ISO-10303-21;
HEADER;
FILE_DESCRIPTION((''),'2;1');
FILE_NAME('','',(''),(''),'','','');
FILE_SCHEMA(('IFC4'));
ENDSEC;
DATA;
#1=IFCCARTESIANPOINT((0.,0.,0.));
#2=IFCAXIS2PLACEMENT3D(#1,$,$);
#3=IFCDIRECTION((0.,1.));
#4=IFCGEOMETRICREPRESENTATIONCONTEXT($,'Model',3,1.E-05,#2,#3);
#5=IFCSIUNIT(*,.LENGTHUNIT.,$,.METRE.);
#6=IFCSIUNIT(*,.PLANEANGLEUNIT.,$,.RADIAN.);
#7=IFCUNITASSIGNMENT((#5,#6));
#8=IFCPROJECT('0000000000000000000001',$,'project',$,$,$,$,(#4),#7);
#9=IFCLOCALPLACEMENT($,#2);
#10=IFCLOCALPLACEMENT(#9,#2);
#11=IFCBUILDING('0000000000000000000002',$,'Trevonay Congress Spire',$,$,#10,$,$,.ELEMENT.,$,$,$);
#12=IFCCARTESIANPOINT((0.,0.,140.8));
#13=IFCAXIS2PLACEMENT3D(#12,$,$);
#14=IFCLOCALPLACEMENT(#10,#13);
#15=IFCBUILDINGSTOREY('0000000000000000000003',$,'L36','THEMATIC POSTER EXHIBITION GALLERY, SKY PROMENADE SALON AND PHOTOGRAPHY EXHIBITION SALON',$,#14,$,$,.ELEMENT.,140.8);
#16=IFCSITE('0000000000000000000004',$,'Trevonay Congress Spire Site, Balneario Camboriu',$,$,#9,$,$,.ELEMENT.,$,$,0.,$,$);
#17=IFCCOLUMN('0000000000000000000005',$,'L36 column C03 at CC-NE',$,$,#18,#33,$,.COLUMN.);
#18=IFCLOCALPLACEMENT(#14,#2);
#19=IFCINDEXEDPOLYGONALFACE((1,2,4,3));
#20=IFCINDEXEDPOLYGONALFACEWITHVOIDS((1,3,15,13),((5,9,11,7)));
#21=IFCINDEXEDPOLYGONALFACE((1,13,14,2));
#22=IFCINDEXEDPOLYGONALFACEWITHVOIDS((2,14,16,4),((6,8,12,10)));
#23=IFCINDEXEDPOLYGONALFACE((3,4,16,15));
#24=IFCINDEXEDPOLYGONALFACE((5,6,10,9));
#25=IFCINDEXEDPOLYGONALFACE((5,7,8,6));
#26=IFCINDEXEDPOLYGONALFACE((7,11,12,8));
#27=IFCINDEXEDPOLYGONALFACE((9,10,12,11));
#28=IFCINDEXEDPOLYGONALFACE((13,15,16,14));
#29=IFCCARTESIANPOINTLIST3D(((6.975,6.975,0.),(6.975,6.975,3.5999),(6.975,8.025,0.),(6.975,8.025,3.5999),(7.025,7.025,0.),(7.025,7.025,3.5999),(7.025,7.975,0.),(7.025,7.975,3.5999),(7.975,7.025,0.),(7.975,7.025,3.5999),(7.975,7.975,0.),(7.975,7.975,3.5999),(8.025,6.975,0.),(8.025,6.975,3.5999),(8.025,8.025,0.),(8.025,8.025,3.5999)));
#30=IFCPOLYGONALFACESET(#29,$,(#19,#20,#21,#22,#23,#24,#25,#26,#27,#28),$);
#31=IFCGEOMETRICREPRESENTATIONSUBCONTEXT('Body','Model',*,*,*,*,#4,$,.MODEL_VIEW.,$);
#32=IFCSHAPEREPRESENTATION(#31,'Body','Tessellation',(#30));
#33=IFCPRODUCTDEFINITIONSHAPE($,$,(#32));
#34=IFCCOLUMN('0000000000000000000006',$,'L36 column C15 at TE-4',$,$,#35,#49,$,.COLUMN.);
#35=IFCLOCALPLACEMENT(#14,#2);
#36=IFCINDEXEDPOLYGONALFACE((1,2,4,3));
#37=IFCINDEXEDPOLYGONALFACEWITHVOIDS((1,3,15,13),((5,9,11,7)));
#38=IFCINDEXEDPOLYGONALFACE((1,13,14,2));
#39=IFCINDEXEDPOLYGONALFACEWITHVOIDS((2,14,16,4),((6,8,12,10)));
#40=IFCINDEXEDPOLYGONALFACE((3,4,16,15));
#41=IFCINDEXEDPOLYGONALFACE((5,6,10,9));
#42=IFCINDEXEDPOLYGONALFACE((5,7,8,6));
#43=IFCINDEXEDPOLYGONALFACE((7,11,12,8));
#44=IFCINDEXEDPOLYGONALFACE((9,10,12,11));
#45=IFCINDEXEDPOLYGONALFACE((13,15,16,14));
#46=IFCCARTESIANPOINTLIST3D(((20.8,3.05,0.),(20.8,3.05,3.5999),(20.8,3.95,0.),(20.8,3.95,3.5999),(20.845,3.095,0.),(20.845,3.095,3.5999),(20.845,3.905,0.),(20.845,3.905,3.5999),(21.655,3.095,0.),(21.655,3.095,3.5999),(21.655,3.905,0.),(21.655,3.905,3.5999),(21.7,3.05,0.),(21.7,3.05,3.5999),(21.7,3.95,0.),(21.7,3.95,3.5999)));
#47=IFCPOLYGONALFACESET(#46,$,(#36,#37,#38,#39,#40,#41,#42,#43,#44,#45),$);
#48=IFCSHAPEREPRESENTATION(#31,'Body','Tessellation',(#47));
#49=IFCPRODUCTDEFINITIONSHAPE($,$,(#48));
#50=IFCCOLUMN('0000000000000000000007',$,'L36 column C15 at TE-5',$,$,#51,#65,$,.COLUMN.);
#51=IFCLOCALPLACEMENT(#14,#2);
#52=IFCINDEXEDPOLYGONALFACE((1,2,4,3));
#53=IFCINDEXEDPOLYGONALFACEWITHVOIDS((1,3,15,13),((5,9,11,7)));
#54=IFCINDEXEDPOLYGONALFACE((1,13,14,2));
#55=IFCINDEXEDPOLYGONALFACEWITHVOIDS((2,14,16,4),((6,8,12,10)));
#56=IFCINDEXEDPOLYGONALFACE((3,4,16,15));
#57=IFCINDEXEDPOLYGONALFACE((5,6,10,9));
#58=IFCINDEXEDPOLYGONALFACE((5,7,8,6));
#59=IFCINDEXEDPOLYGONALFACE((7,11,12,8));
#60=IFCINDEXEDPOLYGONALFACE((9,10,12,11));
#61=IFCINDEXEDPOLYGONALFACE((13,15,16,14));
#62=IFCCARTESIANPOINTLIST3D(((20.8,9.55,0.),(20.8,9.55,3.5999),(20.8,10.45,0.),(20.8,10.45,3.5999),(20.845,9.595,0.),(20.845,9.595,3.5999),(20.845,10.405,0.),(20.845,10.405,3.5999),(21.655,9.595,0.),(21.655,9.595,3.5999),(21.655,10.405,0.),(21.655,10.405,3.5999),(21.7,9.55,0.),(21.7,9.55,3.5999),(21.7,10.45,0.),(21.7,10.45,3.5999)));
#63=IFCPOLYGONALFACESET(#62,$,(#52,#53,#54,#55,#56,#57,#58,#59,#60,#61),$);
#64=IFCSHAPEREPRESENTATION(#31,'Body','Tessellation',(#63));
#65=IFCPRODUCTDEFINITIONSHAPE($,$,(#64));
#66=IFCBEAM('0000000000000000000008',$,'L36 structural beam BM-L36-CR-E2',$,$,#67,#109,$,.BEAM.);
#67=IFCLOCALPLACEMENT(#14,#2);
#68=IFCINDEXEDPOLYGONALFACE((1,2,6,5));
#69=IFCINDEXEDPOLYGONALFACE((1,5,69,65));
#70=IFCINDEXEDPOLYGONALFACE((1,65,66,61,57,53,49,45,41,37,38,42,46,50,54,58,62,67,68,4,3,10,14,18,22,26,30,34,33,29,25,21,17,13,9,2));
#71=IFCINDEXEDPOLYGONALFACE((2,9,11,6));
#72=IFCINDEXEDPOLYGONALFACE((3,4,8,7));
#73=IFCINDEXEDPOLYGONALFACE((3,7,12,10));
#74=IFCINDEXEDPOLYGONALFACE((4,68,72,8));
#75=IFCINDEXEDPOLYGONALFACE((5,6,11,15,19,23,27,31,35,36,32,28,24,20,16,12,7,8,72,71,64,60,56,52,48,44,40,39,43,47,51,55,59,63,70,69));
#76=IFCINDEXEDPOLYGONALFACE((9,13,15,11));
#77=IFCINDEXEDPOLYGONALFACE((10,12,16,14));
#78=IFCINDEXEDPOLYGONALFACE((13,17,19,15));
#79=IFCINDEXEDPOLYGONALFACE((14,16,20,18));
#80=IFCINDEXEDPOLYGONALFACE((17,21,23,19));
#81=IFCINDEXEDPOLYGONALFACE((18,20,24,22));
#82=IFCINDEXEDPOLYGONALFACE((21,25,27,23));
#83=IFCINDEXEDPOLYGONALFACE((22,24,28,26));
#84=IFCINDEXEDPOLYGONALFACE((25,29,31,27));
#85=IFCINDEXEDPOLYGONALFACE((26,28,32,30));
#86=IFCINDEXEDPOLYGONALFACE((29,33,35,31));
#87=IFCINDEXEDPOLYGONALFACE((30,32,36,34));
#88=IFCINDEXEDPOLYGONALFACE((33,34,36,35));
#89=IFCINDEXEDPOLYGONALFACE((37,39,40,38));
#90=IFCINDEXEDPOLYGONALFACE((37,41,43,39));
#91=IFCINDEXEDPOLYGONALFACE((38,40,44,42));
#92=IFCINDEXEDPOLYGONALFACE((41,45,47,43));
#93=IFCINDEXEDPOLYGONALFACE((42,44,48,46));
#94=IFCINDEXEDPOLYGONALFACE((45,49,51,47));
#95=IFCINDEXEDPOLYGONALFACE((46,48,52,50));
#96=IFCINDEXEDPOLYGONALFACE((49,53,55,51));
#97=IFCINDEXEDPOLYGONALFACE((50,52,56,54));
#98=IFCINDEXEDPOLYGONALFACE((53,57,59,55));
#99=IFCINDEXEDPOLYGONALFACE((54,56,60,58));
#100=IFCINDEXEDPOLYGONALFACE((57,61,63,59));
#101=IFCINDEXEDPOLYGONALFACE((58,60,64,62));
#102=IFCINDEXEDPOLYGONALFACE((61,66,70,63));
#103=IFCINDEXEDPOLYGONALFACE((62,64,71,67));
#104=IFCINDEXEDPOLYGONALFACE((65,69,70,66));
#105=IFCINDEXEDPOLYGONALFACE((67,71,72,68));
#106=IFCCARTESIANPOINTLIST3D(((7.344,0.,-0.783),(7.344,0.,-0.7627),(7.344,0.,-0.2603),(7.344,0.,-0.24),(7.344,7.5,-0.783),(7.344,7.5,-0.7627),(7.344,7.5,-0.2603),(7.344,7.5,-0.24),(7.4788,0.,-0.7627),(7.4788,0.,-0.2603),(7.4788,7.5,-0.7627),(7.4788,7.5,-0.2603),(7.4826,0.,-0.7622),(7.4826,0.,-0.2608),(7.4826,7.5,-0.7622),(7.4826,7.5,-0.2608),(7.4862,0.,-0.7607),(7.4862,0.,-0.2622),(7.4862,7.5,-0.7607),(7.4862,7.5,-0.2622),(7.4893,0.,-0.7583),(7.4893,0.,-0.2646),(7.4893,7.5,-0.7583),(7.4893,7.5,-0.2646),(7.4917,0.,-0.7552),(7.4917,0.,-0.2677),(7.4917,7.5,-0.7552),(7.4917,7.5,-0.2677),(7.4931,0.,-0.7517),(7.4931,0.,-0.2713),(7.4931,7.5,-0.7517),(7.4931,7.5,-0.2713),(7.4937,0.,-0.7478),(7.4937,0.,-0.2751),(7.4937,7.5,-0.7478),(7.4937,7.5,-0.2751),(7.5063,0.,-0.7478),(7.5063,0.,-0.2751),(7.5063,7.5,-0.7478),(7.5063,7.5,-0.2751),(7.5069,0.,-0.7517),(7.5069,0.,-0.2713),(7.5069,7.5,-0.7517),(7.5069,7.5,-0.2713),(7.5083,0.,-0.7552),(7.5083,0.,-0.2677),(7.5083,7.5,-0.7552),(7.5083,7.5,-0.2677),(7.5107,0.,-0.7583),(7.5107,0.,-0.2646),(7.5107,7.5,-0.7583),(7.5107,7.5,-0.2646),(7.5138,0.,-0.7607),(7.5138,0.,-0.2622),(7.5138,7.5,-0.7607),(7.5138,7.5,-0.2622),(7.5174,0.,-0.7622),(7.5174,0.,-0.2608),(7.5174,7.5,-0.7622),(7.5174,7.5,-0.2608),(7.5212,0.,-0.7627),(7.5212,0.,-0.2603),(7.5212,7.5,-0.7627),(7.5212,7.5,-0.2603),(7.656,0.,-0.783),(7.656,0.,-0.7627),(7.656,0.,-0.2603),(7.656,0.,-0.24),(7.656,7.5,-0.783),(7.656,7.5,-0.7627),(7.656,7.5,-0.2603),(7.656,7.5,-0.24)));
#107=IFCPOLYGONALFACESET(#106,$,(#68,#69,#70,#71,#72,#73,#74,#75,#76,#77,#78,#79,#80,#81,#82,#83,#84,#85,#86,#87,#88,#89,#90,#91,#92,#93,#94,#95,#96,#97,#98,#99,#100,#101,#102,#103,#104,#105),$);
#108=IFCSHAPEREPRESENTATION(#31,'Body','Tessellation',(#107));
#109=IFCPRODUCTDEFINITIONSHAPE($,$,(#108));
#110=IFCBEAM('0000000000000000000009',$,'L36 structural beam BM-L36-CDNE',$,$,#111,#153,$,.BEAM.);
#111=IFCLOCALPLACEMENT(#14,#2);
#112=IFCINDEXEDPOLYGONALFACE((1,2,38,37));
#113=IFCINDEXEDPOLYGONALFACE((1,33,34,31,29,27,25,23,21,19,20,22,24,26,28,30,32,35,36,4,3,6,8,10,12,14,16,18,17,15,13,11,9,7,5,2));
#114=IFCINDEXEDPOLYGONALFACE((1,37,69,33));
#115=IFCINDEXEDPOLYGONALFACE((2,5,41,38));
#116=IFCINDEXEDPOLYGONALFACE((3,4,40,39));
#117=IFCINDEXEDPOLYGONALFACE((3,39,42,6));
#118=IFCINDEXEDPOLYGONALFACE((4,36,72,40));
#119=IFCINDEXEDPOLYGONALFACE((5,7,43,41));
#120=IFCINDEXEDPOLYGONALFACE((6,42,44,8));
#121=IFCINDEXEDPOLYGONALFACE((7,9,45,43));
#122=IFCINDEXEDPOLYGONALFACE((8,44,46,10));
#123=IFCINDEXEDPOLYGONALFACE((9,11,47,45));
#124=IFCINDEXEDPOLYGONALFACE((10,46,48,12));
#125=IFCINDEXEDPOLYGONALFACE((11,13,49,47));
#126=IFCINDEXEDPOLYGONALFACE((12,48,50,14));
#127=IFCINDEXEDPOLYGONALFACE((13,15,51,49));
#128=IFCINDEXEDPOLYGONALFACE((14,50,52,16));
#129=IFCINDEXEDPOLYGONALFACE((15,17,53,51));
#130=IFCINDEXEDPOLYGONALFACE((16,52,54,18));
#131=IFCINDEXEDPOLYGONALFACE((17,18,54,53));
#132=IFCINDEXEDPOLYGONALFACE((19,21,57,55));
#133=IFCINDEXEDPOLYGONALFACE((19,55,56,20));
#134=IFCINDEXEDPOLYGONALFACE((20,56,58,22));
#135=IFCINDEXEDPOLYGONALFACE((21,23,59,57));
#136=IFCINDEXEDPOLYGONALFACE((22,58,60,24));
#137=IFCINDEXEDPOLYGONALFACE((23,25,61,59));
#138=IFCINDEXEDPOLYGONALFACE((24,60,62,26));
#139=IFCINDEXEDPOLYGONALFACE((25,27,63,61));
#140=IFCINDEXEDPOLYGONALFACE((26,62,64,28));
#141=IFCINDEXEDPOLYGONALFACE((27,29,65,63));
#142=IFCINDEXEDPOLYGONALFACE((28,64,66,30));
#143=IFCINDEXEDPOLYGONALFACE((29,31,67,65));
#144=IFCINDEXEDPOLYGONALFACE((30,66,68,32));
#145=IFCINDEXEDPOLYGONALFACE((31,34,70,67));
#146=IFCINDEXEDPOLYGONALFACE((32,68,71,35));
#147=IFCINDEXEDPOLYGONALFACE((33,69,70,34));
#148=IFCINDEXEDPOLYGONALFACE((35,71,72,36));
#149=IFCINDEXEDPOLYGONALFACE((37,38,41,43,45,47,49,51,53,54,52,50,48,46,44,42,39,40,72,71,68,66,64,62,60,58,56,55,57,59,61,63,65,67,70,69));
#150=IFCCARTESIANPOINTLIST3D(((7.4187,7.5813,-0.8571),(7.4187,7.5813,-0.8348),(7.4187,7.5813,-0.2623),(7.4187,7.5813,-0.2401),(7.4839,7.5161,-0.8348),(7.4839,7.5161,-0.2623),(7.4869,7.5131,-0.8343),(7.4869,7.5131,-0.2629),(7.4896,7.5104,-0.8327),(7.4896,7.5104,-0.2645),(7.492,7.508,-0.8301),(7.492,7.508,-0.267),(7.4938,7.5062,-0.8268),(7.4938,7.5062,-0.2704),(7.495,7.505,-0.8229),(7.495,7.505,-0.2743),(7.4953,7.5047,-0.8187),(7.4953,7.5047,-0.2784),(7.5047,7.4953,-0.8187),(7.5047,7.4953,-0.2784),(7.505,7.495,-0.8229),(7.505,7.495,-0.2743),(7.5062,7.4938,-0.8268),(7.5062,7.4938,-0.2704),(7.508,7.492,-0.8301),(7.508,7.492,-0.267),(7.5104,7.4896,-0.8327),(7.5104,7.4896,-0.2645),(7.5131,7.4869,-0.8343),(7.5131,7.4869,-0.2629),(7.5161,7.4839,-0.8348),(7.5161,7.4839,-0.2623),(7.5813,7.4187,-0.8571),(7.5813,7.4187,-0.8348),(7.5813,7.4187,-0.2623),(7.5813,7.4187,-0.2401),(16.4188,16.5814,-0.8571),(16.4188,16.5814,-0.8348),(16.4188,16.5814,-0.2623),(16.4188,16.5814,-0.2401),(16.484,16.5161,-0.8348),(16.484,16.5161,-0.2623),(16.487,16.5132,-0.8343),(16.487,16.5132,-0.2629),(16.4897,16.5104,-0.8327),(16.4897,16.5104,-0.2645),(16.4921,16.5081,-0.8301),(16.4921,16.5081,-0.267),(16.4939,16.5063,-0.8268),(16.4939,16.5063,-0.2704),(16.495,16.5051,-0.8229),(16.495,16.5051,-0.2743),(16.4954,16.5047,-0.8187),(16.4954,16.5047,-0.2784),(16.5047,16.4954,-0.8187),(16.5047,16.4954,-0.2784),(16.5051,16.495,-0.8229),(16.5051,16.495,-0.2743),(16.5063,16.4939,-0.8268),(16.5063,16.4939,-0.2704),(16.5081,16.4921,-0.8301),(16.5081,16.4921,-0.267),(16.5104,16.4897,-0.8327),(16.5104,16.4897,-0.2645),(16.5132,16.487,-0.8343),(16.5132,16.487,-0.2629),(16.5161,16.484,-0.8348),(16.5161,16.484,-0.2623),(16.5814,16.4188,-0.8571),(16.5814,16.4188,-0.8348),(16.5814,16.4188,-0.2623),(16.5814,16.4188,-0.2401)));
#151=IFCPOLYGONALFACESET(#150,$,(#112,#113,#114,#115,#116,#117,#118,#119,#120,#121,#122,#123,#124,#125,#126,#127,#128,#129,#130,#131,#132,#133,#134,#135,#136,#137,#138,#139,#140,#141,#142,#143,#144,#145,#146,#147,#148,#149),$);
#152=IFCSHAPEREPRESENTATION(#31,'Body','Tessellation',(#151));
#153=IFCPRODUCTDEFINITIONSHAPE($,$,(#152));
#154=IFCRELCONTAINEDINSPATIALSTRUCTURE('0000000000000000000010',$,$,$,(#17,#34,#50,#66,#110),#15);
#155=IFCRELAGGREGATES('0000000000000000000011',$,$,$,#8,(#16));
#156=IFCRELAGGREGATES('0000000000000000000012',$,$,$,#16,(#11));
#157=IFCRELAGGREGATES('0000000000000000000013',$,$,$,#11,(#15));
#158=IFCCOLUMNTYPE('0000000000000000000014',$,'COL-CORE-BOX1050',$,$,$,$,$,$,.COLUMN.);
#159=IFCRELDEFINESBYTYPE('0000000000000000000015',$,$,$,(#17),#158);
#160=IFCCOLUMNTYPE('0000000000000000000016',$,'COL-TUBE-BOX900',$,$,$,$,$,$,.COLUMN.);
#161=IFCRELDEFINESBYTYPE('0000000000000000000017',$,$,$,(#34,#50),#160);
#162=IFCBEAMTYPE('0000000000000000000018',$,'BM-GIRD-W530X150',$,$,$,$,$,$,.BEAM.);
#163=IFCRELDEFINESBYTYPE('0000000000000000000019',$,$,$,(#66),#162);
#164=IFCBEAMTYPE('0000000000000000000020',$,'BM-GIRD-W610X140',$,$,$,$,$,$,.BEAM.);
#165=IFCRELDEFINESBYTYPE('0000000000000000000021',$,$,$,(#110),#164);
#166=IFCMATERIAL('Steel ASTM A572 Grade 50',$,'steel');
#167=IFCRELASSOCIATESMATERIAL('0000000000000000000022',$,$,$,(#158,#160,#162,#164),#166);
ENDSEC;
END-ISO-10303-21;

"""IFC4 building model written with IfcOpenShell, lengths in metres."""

from ifc_helpers import new_model, si_unit, direction, frame, origin, origin_2d, place, context, subcontext, project, spatial, hollow_rectangle, i_section, extrude, material, material_profile, profile_set, type_object, element, save


model = new_model("IFC4")

# Units and contexts
model_context = context("Model", 3, precision=1e-05, world=origin(), true_north=direction((0.0, 1.0)))
body_context = subcontext(model_context, "Body", "Model", "MODEL_VIEW")
ifc_project = project(units=[si_unit("LENGTHUNIT", "METRE"), si_unit("PLANEANGLEUNIT", "RADIAN")], contexts=[model_context])

# Site, building, storey
site_placement = place(None, origin())
site = spatial("IfcSite", under=ifc_project, at=site_placement, Name="Trevonay Congress Spire Site, Balneario Camboriu", CompositionType="ELEMENT", RefElevation=0.0)
building_placement = place(site_placement, origin())
building = spatial("IfcBuilding", under=site, at=building_placement, Name="Trevonay Congress Spire", CompositionType="ELEMENT")
storey_placement = place(building_placement, frame((0.0, 0.0, 140.8)))
storey = spatial("IfcBuildingStorey", under=building, at=storey_placement, Name="L36", Description="THEMATIC POSTER EXHIBITION GALLERY, SKY PROMENADE SALON AND PHOTOGRAPHY EXHIBITION SALON", CompositionType="ELEMENT", Elevation=140.8)

# Columns
ifc_material_1 = material(Name="Steel ASTM A572 Grade 50", Category="steel")
ifc_material_profile_1 = material_profile(ifc_material_1, hollow_rectangle(XDim=1.05, YDim=1.05, WallThickness=0.05, at=origin_2d()), Name="BOX 1050x1050x50")
ifc_profile_set_1 = profile_set([ifc_material_profile_1], Name="Steel ASTM A572 Grade 50")
column_type_1 = type_object("IfcColumnType", Name="COL-CORE-BOX1050", PredefinedType="COLUMN", material=ifc_profile_set_1)
column_placement = place(storey_placement, frame((7.5, 7.5, 0.0), z_axis=(0.0, 0.0, 1.0), x_axis=(1.0, 0.0, 0.0)))
element("IfcColumn", 1, at=column_placement, inside=storey, type_object=column_type_1, Name="L36 column C03 at CC-NE", PredefinedType="COLUMN", context=body_context, shape_type="SweptSolid", body=[
    extrude(hollow_rectangle(XDim=1.05, YDim=1.05, WallThickness=0.05, at=origin_2d()), origin(), (0.0, 0.0, 1.0), 3.5999),
])
ifc_material_profile_2 = material_profile(ifc_material_1, hollow_rectangle(XDim=0.8999, YDim=0.8999, WallThickness=0.0449, at=origin_2d()), Name="BOX 900x900x45")
ifc_profile_set_2 = profile_set([ifc_material_profile_2], Name="Steel ASTM A572 Grade 50")
column_type_2 = type_object("IfcColumnType", Name="COL-TUBE-BOX900", PredefinedType="COLUMN", material=ifc_profile_set_2)
for number, where, z_axis, x_axis, name in (
    (2, (21.25, 3.5, 0.0), (0.0, 0.0, 1.0), (1.0, 0.0, 0.0), "L36 column C15 at TE-4"),
    (3, (21.25, 10.0, 0.0), (0.0, 0.0, 1.0), (1.0, 0.0, 0.0), "L36 column C15 at TE-5"),
):
    element("IfcColumn", number, at=place(storey_placement, frame(where, z_axis=z_axis, x_axis=x_axis)), inside=storey, type_object=column_type_2, Name=name, PredefinedType="COLUMN", context=body_context, shape_type="SweptSolid", body=[
        extrude(hollow_rectangle(XDim=0.8999, YDim=0.8999, WallThickness=0.0449, at=origin_2d()), origin(), (0.0, 0.0, 1.0), 3.5999),
    ])

# Beams
ifc_material_profile_3 = material_profile(ifc_material_1, i_section(OverallWidth=0.312, OverallDepth=0.543, WebThickness=0.0127, FlangeThickness=0.0203, FilletRadius=0.0149, at=origin_2d()), Name="W530x150")
ifc_profile_set_3 = profile_set([ifc_material_profile_3], Name="Steel ASTM A572 Grade 50")
beam_type_1 = type_object("IfcBeamType", Name="BM-GIRD-W530X150", PredefinedType="BEAM", material=ifc_profile_set_3)
beam_1_placement = place(storey_placement, frame((7.5, 0.0, -0.5115), z_axis=(0.0, 1.0, 0.0), x_axis=(-1.0, 0.0, 0.0)))
element("IfcBeam", 4, at=beam_1_placement, inside=storey, type_object=beam_type_1, Name="L36 structural beam BM-L36-CR-E2", PredefinedType="BEAM", context=body_context, shape_type="SweptSolid", body=[
    extrude(i_section(OverallWidth=0.312, OverallDepth=0.543, WebThickness=0.0127, FlangeThickness=0.0203, FilletRadius=0.0149, at=origin_2d()), origin(), (0.0, 0.0, 1.0), 7.5),
])
ifc_material_profile_4 = material_profile(ifc_material_1, i_section(OverallWidth=0.23, OverallDepth=0.6169, WebThickness=0.0132, FlangeThickness=0.0222, FilletRadius=0.0161, at=origin_2d()), Name="W610x140")
ifc_profile_set_4 = profile_set([ifc_material_profile_4], Name="Steel ASTM A572 Grade 50")
beam_type_2 = type_object("IfcBeamType", Name="BM-GIRD-W610X140", PredefinedType="BEAM", material=ifc_profile_set_4)
beam_2_placement = place(storey_placement, frame((7.5, 7.5, -0.5486), z_axis=(0.707107, 0.707107, 0.0), x_axis=(-0.707107, 0.707107, 0.0)))
element("IfcBeam", 5, at=beam_2_placement, inside=storey, type_object=beam_type_2, Name="L36 structural beam BM-L36-CDNE", PredefinedType="BEAM", context=body_context, shape_type="SweptSolid", body=[
    extrude(i_section(OverallWidth=0.23, OverallDepth=0.6169, WebThickness=0.0132, FlangeThickness=0.0222, FilletRadius=0.0161, at=origin_2d()), origin(), (0.0, 0.0, 1.0), 12.728),
])

save(model, "model.ifc")
